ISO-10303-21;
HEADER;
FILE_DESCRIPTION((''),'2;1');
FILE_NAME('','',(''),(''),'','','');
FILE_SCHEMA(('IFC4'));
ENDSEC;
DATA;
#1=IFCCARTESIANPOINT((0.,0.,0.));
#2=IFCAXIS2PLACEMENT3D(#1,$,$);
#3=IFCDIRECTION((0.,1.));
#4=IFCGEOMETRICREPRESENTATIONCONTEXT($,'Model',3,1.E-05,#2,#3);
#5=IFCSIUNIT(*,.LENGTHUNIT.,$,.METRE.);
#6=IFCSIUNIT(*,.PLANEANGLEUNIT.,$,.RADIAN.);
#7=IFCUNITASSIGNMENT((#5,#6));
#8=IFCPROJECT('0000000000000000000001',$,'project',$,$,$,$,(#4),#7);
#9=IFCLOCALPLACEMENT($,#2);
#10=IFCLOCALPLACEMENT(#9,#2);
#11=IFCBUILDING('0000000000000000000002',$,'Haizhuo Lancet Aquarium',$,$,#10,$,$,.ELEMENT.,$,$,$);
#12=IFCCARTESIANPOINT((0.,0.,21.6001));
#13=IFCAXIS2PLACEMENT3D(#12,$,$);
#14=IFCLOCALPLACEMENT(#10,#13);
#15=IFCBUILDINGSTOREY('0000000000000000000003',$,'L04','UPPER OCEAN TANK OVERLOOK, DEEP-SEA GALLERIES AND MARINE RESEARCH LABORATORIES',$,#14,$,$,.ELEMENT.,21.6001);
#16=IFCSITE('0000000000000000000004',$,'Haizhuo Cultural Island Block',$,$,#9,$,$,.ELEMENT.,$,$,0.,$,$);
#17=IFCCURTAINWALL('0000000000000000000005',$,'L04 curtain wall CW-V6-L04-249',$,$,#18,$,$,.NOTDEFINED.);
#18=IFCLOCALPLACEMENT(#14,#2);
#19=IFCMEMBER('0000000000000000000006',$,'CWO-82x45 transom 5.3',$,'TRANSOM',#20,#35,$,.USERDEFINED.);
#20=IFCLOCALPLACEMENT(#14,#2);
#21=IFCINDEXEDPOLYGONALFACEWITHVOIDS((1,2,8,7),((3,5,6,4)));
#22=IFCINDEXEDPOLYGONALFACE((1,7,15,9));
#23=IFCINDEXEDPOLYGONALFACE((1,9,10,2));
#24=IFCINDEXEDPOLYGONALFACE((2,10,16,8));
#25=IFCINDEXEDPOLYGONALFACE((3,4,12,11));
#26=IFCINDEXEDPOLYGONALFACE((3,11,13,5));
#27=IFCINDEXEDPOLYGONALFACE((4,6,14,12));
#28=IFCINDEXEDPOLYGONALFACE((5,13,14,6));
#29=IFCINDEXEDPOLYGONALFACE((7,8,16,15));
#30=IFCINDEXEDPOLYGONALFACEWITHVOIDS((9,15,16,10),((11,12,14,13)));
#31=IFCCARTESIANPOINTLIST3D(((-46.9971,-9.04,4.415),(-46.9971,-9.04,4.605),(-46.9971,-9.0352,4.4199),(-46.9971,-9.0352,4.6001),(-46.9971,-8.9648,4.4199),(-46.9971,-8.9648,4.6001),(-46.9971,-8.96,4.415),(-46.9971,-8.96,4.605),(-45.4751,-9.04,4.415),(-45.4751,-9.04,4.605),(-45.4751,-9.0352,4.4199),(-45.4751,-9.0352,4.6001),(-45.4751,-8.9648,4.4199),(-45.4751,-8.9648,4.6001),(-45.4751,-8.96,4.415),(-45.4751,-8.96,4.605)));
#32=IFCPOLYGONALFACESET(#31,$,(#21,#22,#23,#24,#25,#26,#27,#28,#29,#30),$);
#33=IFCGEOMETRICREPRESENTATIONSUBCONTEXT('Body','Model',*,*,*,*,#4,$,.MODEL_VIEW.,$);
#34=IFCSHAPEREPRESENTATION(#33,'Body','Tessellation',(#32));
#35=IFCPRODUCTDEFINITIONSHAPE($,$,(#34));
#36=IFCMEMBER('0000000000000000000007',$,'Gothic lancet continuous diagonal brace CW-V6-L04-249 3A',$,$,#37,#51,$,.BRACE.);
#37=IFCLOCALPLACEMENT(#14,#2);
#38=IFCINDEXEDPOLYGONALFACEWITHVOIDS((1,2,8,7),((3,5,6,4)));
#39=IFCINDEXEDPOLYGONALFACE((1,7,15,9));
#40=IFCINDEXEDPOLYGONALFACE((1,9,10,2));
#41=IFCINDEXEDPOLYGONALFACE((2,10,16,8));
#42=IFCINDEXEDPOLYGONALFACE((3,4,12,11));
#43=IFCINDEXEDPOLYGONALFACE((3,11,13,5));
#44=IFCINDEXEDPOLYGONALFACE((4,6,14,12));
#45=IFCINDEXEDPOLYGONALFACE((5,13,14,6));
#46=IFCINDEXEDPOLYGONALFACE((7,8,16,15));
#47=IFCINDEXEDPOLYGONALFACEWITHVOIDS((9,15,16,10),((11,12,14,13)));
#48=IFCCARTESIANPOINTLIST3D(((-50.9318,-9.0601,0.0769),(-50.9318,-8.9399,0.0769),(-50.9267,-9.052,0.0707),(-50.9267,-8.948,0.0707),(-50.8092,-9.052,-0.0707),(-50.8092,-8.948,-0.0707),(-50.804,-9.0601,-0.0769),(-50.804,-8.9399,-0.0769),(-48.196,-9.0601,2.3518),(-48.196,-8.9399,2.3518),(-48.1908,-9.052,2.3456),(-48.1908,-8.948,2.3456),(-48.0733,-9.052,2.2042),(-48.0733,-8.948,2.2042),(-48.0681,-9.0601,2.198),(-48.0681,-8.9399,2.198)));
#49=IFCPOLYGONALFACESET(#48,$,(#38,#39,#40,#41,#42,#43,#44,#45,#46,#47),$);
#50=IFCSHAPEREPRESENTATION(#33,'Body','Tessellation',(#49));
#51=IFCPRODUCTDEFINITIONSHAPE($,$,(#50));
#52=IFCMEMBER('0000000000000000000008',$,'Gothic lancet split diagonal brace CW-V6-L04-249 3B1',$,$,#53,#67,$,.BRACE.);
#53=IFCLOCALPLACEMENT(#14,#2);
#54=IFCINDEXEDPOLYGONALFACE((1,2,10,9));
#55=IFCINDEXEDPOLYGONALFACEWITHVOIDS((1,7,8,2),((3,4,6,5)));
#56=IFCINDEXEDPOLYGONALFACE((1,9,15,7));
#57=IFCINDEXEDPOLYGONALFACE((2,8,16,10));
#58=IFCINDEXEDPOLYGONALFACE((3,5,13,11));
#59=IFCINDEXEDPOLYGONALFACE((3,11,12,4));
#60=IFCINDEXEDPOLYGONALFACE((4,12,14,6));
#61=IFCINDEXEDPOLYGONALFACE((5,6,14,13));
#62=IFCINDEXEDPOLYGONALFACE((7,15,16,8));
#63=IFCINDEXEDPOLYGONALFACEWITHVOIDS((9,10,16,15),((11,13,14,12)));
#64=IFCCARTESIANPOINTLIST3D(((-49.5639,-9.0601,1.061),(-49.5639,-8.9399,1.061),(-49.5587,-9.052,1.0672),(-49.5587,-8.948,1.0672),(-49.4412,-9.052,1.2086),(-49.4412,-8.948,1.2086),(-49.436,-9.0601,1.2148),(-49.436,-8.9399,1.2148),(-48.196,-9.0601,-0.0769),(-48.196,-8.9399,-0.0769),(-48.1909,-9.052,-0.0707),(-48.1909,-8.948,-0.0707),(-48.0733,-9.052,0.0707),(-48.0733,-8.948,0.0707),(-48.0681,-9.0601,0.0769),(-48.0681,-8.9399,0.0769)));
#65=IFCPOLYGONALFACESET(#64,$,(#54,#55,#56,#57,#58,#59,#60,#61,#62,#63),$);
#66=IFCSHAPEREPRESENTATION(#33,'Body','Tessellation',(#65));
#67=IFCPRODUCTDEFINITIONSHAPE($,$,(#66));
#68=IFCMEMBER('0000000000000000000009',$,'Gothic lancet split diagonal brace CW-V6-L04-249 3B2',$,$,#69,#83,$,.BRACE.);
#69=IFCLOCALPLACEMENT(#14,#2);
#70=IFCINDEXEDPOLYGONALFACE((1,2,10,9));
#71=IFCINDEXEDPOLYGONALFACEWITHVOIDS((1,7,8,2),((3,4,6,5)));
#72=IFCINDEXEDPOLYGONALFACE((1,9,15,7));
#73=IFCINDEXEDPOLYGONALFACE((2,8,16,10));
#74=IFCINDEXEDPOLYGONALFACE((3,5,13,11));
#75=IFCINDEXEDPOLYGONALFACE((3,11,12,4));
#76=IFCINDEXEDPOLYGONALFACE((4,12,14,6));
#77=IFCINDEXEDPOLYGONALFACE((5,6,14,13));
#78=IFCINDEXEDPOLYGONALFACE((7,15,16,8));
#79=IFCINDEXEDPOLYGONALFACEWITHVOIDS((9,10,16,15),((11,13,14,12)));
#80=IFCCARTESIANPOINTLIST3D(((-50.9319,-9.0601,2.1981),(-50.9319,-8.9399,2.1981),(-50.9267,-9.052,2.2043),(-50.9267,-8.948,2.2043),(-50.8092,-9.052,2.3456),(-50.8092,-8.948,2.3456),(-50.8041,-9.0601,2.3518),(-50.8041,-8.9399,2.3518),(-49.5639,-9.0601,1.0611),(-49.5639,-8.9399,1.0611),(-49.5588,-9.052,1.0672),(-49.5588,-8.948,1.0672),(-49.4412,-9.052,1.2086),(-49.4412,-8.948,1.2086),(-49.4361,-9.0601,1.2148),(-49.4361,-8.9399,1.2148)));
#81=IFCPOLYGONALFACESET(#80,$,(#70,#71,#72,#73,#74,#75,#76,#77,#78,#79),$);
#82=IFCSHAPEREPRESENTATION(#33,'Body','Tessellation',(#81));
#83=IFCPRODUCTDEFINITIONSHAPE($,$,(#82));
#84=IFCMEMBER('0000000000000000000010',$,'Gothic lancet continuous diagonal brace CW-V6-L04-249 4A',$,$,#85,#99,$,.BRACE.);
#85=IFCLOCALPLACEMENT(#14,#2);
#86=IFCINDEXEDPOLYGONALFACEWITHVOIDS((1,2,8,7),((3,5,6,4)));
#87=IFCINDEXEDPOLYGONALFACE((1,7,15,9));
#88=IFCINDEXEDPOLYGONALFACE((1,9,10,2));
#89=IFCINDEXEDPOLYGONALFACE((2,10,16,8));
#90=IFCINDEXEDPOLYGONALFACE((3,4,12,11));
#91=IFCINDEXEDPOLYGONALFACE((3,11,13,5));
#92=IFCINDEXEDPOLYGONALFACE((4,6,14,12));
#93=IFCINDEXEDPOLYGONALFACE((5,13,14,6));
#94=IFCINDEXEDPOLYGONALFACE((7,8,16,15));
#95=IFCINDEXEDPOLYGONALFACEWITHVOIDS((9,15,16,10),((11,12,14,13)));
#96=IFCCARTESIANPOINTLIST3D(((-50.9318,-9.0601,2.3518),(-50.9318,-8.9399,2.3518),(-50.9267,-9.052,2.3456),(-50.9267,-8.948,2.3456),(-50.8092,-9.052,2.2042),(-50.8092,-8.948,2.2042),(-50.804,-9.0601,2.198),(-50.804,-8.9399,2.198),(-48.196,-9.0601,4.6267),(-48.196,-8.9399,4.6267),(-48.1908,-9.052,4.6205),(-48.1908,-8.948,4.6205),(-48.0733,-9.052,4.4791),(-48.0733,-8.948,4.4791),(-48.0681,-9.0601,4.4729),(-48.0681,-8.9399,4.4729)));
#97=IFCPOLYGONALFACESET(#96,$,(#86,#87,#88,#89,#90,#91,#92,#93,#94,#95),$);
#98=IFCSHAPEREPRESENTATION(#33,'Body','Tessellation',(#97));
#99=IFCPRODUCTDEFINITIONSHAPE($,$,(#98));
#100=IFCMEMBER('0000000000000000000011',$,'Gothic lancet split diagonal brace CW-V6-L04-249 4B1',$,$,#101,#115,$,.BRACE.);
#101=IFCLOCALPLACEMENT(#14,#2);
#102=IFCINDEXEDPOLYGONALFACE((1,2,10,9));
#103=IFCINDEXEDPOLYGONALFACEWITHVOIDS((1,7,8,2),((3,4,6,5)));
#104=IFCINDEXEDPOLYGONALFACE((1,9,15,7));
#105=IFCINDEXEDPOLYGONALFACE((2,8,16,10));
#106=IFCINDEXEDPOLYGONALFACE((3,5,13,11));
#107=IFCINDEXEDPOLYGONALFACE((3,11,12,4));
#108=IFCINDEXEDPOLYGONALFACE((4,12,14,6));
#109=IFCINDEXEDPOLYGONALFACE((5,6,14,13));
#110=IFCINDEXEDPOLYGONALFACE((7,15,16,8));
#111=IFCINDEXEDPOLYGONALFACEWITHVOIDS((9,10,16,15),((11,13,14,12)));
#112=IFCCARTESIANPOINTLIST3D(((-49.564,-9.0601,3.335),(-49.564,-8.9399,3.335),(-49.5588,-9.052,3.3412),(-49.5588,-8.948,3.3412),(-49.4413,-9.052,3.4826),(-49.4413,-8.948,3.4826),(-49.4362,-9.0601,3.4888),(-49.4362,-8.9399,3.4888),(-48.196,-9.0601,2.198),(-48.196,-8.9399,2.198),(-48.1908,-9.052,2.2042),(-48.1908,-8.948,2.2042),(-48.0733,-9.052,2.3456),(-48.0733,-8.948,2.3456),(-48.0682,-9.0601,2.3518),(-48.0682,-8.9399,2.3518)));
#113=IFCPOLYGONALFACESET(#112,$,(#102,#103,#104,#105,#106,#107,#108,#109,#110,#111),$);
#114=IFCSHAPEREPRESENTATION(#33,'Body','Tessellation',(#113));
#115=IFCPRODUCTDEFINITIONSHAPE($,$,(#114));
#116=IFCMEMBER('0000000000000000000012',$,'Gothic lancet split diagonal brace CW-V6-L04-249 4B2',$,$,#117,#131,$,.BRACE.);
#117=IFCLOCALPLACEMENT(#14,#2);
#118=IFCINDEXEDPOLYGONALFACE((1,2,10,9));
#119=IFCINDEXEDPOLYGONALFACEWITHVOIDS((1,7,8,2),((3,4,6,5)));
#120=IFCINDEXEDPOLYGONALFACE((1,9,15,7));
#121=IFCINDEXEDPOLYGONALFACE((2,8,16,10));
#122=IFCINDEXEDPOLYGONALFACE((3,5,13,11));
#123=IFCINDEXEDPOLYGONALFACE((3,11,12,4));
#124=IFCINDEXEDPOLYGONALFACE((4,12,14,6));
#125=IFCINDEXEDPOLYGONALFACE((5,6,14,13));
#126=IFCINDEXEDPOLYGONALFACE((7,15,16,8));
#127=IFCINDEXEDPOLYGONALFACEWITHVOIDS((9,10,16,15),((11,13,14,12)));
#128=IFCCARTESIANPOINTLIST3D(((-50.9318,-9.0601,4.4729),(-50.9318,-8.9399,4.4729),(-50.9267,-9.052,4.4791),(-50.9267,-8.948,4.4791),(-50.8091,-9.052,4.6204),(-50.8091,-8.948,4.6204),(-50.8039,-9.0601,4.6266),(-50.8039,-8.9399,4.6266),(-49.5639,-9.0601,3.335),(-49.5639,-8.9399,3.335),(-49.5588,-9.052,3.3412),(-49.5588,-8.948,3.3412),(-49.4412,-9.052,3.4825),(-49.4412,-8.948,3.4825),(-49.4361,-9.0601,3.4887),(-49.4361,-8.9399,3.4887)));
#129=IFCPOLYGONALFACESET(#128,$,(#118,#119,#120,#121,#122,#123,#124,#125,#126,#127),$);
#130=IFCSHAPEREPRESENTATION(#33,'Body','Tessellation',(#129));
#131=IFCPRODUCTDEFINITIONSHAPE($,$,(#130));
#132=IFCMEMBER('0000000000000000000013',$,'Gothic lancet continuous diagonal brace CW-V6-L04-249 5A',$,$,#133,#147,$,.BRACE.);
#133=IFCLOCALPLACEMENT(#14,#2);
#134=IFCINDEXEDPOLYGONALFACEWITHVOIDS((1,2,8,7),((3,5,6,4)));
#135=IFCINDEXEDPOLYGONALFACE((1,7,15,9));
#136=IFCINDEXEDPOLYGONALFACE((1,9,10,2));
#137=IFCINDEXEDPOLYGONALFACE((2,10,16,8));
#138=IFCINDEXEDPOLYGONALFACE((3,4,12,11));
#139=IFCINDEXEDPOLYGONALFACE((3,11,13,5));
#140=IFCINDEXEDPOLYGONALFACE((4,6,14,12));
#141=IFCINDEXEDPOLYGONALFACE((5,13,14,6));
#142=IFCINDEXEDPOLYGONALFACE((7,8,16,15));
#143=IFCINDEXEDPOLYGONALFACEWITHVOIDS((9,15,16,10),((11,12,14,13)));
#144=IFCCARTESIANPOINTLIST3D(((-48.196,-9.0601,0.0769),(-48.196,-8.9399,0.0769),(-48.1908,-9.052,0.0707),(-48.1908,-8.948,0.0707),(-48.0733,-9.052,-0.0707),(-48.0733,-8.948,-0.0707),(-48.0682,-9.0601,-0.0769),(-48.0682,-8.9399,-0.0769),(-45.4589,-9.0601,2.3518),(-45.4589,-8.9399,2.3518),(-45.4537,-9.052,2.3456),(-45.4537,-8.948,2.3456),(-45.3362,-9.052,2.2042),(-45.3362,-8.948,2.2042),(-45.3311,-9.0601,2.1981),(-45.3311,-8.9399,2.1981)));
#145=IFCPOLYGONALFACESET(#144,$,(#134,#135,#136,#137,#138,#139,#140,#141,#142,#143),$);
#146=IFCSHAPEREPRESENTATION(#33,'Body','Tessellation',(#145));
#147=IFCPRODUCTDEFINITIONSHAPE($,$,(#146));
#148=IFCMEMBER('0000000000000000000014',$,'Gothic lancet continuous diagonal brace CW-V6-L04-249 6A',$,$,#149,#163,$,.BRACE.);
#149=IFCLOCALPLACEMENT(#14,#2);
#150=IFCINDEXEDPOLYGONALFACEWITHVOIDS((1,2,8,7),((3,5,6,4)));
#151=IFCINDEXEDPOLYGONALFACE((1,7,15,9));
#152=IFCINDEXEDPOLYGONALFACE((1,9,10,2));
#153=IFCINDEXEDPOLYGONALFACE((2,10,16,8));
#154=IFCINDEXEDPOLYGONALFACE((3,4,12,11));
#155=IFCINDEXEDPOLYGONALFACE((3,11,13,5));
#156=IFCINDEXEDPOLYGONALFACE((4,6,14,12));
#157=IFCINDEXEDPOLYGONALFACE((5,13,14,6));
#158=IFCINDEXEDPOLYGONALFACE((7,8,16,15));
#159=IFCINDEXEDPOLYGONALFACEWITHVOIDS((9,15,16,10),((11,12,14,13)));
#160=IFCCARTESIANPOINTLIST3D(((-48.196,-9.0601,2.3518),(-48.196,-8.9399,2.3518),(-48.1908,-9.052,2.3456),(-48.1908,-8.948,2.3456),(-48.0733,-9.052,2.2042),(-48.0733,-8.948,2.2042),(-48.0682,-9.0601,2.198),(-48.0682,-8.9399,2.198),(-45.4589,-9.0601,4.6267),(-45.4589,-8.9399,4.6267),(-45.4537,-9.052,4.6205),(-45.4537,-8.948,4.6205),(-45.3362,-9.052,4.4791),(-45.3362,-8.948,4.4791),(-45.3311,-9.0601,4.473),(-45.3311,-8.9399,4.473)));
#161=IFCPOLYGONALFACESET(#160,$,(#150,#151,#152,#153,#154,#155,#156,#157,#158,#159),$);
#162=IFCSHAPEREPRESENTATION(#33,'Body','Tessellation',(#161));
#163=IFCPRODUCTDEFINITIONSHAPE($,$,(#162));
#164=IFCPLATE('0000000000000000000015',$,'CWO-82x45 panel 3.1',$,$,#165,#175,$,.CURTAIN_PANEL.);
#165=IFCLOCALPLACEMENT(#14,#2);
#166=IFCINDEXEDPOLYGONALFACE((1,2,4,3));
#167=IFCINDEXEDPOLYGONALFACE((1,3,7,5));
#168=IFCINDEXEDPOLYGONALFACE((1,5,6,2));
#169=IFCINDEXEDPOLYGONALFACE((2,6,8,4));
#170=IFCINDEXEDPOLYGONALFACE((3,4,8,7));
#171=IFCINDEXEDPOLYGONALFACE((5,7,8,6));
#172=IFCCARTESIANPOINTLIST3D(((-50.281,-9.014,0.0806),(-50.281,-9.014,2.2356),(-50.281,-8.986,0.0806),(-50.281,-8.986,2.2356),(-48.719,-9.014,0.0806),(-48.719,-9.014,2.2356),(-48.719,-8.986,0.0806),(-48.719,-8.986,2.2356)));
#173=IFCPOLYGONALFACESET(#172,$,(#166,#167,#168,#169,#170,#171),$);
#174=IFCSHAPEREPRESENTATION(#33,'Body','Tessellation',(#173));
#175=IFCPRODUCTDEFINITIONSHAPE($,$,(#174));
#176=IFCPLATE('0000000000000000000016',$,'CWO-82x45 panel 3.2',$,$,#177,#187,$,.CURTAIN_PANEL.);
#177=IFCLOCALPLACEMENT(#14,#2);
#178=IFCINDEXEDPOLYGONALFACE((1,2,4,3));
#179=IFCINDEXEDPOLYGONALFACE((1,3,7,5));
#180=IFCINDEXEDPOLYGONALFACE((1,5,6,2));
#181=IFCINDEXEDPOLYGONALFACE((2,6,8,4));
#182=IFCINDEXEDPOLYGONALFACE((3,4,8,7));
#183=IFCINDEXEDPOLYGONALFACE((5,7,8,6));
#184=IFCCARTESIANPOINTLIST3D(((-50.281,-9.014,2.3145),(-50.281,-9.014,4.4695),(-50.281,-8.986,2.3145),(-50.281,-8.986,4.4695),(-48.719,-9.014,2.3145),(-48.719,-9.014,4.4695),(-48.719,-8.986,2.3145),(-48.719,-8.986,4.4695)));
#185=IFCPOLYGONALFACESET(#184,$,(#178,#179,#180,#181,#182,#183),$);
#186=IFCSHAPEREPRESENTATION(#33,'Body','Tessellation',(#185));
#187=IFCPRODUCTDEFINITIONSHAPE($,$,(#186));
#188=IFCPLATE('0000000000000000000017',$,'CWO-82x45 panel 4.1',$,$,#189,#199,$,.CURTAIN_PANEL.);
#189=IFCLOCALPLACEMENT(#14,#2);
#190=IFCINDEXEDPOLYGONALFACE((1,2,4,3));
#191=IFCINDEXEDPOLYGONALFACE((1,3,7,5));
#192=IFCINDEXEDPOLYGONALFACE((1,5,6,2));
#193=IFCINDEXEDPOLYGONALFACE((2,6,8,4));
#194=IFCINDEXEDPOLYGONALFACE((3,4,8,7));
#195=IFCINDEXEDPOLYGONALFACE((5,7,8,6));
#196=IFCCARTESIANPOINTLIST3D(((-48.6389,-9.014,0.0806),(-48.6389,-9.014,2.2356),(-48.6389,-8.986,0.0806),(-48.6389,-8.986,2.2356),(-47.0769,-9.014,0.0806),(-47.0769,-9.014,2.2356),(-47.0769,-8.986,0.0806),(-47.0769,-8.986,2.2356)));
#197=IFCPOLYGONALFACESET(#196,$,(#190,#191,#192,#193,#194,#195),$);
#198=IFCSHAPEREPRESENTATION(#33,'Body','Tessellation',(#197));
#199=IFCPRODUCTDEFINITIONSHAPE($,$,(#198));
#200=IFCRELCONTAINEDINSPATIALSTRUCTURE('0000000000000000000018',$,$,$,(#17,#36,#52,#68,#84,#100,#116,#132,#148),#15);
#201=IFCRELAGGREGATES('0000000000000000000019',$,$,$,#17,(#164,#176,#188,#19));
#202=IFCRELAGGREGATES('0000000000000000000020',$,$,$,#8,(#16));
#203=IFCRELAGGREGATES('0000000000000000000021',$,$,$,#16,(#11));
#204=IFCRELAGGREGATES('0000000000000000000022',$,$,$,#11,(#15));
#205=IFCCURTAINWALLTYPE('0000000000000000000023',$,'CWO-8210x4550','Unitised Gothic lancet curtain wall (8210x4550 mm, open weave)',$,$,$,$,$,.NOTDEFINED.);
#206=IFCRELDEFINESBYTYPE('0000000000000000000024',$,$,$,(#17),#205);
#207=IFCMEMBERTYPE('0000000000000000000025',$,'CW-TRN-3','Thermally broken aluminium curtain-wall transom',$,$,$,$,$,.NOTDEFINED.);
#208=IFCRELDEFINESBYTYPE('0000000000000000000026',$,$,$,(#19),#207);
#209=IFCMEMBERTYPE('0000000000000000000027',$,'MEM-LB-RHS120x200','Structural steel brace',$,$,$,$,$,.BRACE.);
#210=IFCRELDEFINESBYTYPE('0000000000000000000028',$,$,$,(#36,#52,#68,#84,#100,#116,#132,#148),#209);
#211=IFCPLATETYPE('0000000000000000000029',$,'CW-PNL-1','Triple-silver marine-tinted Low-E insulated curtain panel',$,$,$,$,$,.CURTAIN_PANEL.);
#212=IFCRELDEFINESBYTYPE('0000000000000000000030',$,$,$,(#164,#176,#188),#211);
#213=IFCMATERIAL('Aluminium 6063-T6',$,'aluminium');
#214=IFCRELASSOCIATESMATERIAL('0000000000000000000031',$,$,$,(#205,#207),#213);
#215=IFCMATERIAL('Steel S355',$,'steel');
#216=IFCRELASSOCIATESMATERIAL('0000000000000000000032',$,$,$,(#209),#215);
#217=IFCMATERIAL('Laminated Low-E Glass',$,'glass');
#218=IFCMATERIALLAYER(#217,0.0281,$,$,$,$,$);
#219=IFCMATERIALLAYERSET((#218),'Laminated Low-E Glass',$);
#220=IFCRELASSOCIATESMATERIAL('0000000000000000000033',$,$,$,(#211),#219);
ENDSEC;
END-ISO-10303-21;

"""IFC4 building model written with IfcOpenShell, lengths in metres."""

from ifc_helpers import new_model, si_unit, direction, frame, origin, origin_2d, place, context, subcontext, project, spatial, rectangle, hollow_rectangle, extrude, material, layer, layer_set, material_profile, profile_set, type_object, element, aggregate, save


model = new_model("IFC4")

# Units and contexts
model_context = context("Model", 3, precision=1e-05, world=origin(), true_north=direction((0.0, 1.0)))
body_context = subcontext(model_context, "Body", "Model", "MODEL_VIEW")
ifc_project = project(units=[si_unit("LENGTHUNIT", "METRE"), si_unit("PLANEANGLEUNIT", "RADIAN")], contexts=[model_context])

# Site, building, storey
site_placement = place(None, origin())
site = spatial("IfcSite", under=ifc_project, at=site_placement, Name="Haizhuo Cultural Island Block", CompositionType="ELEMENT", RefElevation=0.0)
building_placement = place(site_placement, origin())
building = spatial("IfcBuilding", under=site, at=building_placement, Name="Haizhuo Lancet Aquarium", CompositionType="ELEMENT")
storey_placement = place(building_placement, frame((0.0, 0.0, 21.6001)))
storey = spatial("IfcBuildingStorey", under=building, at=storey_placement, Name="L04", Description="UPPER OCEAN TANK OVERLOOK, DEEP-SEA GALLERIES AND MARINE RESEARCH LABORATORIES", CompositionType="ELEMENT", Elevation=21.6001)

# Curtain wall, member
ifc_material_1 = material(Name="Aluminium 6063-T6", Category="aluminium")
curtain_wall_type = type_object("IfcCurtainWallType", Name="CWO-8210x4550", Description="Unitised Gothic lancet curtain wall (8210x4550 mm, open weave)", PredefinedType="NOTDEFINED", material=ifc_material_1)
curtain_wall_placement = place(storey_placement, origin())
curtain_wall = element("IfcCurtainWall", 1, at=curtain_wall_placement, inside=storey, type_object=curtain_wall_type, Name="L04 curtain wall CW-V6-L04-249", PredefinedType="NOTDEFINED")
ifc_material_profile_1 = material_profile(ifc_material_1, hollow_rectangle(XDim=0.0801, YDim=0.1899, WallThickness=0.0049, at=origin_2d()), Name="ALU-T 80x190x5")
ifc_profile_set_1 = profile_set([ifc_material_profile_1], Name="Aluminium 6063-T6")
member_type_1 = type_object("IfcMemberType", Name="CW-TRN-3", Description="Thermally broken aluminium curtain-wall transom", PredefinedType="NOTDEFINED", material=ifc_profile_set_1)
member_1_placement = place(storey_placement, frame((-46.9971, -9.0, 4.51), z_axis=(1.0, 0.0, 0.0), x_axis=(0.0, 1.0, 0.0)))
member_1 = element("IfcMember", 2, at=member_1_placement, type_object=member_type_1, Name="CWO-82x45 transom 5.3", ObjectType="TRANSOM", PredefinedType="USERDEFINED", context=body_context, shape_type="SweptSolid", body=[
    extrude(hollow_rectangle(XDim=0.0801, YDim=0.1899, WallThickness=0.0049, at=origin_2d()), origin(), (0.0, 0.0, 1.0), 1.522),
])

# Members
ifc_material_2 = material(Name="Steel S355", Category="steel")
ifc_material_profile_2 = material_profile(ifc_material_2, hollow_rectangle(XDim=0.1201, YDim=0.2, WallThickness=0.0081, at=origin_2d()), Name="RHS 120x200x8")
ifc_profile_set_2 = profile_set([ifc_material_profile_2], Name="Steel S355")
member_type_2 = type_object("IfcMemberType", Name="MEM-LB-RHS120x200", Description="Structural steel brace", PredefinedType="BRACE", material=ifc_profile_set_2)
member_2_placement = place(storey_placement, frame((-50.8679, -9.0, 0.0), z_axis=(0.768907, 0.0, 0.639361), x_axis=(0.0, 1.0, 0.0)))
element("IfcMember", 3, at=member_2_placement, inside=storey, type_object=member_type_2, Name="Gothic lancet continuous diagonal brace CW-V6-L04-249 3A", PredefinedType="BRACE", context=body_context, shape_type="SweptSolid", body=[
    extrude(hollow_rectangle(XDim=0.1201, YDim=0.2, WallThickness=0.0081, at=origin_2d()), origin(), (0.0, 0.0, 1.0), 3.5581),
])
member_3_placement = place(storey_placement, frame((-48.1321, -9.0, 0.0), z_axis=(-0.768772, 0.0, 0.639523), x_axis=(0.0, -1.0, 0.0)))
element("IfcMember", 4, at=member_3_placement, inside=storey, type_object=member_type_2, Name="Gothic lancet split diagonal brace CW-V6-L04-249 3B1", PredefinedType="BRACE", context=body_context, shape_type="SweptSolid", body=[
    extrude(hollow_rectangle(XDim=0.1201, YDim=0.2, WallThickness=0.0081, at=origin_2d()), origin(), (0.0, 0.0, 1.0), 1.7793),
])
member_4_placement = place(storey_placement, frame((-49.5, -9.0, 1.1379), z_axis=(-0.769042, 0.0, 0.639198), x_axis=(0.0, -1.0, 0.0)))
element("IfcMember", 5, at=member_4_placement, inside=storey, type_object=member_type_2, Name="Gothic lancet split diagonal brace CW-V6-L04-249 3B2", PredefinedType="BRACE", context=body_context, shape_type="SweptSolid", body=[
    extrude(hollow_rectangle(XDim=0.1201, YDim=0.2, WallThickness=0.0081, at=origin_2d()), origin(), (0.0, 0.0, 1.0), 1.7788),
])
member_5_placement = place(storey_placement, frame((-50.8679, -9.0, 2.2749), z_axis=(0.768907, 0.0, 0.639361), x_axis=(0.0, 1.0, 0.0)))
element("IfcMember", 6, at=member_5_placement, inside=storey, type_object=member_type_2, Name="Gothic lancet continuous diagonal brace CW-V6-L04-249 4A", PredefinedType="BRACE", context=body_context, shape_type="SweptSolid", body=[
    extrude(hollow_rectangle(XDim=0.1201, YDim=0.2, WallThickness=0.0081, at=origin_2d()), origin(), (0.0, 0.0, 1.0), 3.5581),
])
member_6_placement = place(storey_placement, frame((-48.1321, -9.0, 2.2749), z_axis=(-0.769042, 0.0, 0.639198), x_axis=(0.0, -1.0, 0.0)))
element("IfcMember", 7, at=member_6_placement, inside=storey, type_object=member_type_2, Name="Gothic lancet split diagonal brace CW-V6-L04-249 4B1", PredefinedType="BRACE", context=body_context, shape_type="SweptSolid", body=[
    extrude(hollow_rectangle(XDim=0.1201, YDim=0.2, WallThickness=0.0081, at=origin_2d()), origin(), (0.0, 0.0, 1.0), 1.7788),
])
member_7_placement = place(storey_placement, frame((-49.5, -9.0, 3.4119), z_axis=(-0.768772, 0.0, 0.639523), x_axis=(0.0, -1.0, 0.0)))
element("IfcMember", 8, at=member_7_placement, inside=storey, type_object=member_type_2, Name="Gothic lancet split diagonal brace CW-V6-L04-249 4B2", PredefinedType="BRACE", context=body_context, shape_type="SweptSolid", body=[
    extrude(hollow_rectangle(XDim=0.1201, YDim=0.2, WallThickness=0.0081, at=origin_2d()), origin(), (0.0, 0.0, 1.0), 1.7793),
])
for number, where, z_axis, x_axis, name in (
    (9, (-48.1321, -9.0, 0.0), (0.769047, 0.0, 0.639192), (0.0, 1.0, 0.0), "Gothic lancet continuous diagonal brace CW-V6-L04-249 5A"),
    (10, (-48.1321, -9.0, 2.2749), (0.769047, 0.0, 0.639192), (0.0, 1.0, 0.0), "Gothic lancet continuous diagonal brace CW-V6-L04-249 6A"),
):
    element("IfcMember", number, at=place(storey_placement, frame(where, z_axis=z_axis, x_axis=x_axis)), inside=storey, type_object=member_type_2, Name=name, PredefinedType="BRACE", context=body_context, shape_type="SweptSolid", body=[
        extrude(hollow_rectangle(XDim=0.1201, YDim=0.2, WallThickness=0.0081, at=origin_2d()), origin(), (0.0, 0.0, 1.0), 3.5591),
    ])

# Plates
ifc_material_3 = material(Name="Laminated Low-E Glass", Category="glass")
ifc_layer = layer(ifc_material_3, 0.0281)
ifc_layer_set = layer_set([ifc_layer], Name="Laminated Low-E Glass")
plate_type = type_object("IfcPlateType", Name="CW-PNL-1", Description="Triple-silver marine-tinted Low-E insulated curtain panel", PredefinedType="CURTAIN_PANEL", material=ifc_layer_set)
plate_1_placement = place(storey_placement, frame((-49.5, -9.0, 0.0806), z_axis=(0.0, 0.0, 1.0), x_axis=(1.0, 0.0, 0.0)))
plate_1 = element("IfcPlate", 11, at=plate_1_placement, type_object=plate_type, Name="CWO-82x45 panel 3.1", PredefinedType="CURTAIN_PANEL", context=body_context, shape_type="SweptSolid", body=[
    extrude(rectangle(XDim=1.562, YDim=0.0281, at=origin_2d()), origin(), (0.0, 0.0, 1.0), 2.155),
])
plate_2_placement = place(storey_placement, frame((-49.5, -9.0, 2.3145), z_axis=(0.0, 0.0, 1.0), x_axis=(1.0, 0.0, 0.0)))
plate_2 = element("IfcPlate", 12, at=plate_2_placement, type_object=plate_type, Name="CWO-82x45 panel 3.2", PredefinedType="CURTAIN_PANEL", context=body_context, shape_type="SweptSolid", body=[
    extrude(rectangle(XDim=1.562, YDim=0.0281, at=origin_2d()), origin(), (0.0, 0.0, 1.0), 2.155),
])
plate_3_placement = place(storey_placement, frame((-47.8579, -9.0, 0.0806), z_axis=(0.0, 0.0, 1.0), x_axis=(1.0, 0.0, 0.0)))
plate_3 = element("IfcPlate", 13, at=plate_3_placement, type_object=plate_type, Name="CWO-82x45 panel 4.1", PredefinedType="CURTAIN_PANEL", context=body_context, shape_type="SweptSolid", body=[
    extrude(rectangle(XDim=1.562, YDim=0.0281, at=origin_2d()), origin(), (0.0, 0.0, 1.0), 2.155),
])
aggregate(curtain_wall, [plate_1, plate_2, plate_3, member_1])

save(model, "model.ifc")
